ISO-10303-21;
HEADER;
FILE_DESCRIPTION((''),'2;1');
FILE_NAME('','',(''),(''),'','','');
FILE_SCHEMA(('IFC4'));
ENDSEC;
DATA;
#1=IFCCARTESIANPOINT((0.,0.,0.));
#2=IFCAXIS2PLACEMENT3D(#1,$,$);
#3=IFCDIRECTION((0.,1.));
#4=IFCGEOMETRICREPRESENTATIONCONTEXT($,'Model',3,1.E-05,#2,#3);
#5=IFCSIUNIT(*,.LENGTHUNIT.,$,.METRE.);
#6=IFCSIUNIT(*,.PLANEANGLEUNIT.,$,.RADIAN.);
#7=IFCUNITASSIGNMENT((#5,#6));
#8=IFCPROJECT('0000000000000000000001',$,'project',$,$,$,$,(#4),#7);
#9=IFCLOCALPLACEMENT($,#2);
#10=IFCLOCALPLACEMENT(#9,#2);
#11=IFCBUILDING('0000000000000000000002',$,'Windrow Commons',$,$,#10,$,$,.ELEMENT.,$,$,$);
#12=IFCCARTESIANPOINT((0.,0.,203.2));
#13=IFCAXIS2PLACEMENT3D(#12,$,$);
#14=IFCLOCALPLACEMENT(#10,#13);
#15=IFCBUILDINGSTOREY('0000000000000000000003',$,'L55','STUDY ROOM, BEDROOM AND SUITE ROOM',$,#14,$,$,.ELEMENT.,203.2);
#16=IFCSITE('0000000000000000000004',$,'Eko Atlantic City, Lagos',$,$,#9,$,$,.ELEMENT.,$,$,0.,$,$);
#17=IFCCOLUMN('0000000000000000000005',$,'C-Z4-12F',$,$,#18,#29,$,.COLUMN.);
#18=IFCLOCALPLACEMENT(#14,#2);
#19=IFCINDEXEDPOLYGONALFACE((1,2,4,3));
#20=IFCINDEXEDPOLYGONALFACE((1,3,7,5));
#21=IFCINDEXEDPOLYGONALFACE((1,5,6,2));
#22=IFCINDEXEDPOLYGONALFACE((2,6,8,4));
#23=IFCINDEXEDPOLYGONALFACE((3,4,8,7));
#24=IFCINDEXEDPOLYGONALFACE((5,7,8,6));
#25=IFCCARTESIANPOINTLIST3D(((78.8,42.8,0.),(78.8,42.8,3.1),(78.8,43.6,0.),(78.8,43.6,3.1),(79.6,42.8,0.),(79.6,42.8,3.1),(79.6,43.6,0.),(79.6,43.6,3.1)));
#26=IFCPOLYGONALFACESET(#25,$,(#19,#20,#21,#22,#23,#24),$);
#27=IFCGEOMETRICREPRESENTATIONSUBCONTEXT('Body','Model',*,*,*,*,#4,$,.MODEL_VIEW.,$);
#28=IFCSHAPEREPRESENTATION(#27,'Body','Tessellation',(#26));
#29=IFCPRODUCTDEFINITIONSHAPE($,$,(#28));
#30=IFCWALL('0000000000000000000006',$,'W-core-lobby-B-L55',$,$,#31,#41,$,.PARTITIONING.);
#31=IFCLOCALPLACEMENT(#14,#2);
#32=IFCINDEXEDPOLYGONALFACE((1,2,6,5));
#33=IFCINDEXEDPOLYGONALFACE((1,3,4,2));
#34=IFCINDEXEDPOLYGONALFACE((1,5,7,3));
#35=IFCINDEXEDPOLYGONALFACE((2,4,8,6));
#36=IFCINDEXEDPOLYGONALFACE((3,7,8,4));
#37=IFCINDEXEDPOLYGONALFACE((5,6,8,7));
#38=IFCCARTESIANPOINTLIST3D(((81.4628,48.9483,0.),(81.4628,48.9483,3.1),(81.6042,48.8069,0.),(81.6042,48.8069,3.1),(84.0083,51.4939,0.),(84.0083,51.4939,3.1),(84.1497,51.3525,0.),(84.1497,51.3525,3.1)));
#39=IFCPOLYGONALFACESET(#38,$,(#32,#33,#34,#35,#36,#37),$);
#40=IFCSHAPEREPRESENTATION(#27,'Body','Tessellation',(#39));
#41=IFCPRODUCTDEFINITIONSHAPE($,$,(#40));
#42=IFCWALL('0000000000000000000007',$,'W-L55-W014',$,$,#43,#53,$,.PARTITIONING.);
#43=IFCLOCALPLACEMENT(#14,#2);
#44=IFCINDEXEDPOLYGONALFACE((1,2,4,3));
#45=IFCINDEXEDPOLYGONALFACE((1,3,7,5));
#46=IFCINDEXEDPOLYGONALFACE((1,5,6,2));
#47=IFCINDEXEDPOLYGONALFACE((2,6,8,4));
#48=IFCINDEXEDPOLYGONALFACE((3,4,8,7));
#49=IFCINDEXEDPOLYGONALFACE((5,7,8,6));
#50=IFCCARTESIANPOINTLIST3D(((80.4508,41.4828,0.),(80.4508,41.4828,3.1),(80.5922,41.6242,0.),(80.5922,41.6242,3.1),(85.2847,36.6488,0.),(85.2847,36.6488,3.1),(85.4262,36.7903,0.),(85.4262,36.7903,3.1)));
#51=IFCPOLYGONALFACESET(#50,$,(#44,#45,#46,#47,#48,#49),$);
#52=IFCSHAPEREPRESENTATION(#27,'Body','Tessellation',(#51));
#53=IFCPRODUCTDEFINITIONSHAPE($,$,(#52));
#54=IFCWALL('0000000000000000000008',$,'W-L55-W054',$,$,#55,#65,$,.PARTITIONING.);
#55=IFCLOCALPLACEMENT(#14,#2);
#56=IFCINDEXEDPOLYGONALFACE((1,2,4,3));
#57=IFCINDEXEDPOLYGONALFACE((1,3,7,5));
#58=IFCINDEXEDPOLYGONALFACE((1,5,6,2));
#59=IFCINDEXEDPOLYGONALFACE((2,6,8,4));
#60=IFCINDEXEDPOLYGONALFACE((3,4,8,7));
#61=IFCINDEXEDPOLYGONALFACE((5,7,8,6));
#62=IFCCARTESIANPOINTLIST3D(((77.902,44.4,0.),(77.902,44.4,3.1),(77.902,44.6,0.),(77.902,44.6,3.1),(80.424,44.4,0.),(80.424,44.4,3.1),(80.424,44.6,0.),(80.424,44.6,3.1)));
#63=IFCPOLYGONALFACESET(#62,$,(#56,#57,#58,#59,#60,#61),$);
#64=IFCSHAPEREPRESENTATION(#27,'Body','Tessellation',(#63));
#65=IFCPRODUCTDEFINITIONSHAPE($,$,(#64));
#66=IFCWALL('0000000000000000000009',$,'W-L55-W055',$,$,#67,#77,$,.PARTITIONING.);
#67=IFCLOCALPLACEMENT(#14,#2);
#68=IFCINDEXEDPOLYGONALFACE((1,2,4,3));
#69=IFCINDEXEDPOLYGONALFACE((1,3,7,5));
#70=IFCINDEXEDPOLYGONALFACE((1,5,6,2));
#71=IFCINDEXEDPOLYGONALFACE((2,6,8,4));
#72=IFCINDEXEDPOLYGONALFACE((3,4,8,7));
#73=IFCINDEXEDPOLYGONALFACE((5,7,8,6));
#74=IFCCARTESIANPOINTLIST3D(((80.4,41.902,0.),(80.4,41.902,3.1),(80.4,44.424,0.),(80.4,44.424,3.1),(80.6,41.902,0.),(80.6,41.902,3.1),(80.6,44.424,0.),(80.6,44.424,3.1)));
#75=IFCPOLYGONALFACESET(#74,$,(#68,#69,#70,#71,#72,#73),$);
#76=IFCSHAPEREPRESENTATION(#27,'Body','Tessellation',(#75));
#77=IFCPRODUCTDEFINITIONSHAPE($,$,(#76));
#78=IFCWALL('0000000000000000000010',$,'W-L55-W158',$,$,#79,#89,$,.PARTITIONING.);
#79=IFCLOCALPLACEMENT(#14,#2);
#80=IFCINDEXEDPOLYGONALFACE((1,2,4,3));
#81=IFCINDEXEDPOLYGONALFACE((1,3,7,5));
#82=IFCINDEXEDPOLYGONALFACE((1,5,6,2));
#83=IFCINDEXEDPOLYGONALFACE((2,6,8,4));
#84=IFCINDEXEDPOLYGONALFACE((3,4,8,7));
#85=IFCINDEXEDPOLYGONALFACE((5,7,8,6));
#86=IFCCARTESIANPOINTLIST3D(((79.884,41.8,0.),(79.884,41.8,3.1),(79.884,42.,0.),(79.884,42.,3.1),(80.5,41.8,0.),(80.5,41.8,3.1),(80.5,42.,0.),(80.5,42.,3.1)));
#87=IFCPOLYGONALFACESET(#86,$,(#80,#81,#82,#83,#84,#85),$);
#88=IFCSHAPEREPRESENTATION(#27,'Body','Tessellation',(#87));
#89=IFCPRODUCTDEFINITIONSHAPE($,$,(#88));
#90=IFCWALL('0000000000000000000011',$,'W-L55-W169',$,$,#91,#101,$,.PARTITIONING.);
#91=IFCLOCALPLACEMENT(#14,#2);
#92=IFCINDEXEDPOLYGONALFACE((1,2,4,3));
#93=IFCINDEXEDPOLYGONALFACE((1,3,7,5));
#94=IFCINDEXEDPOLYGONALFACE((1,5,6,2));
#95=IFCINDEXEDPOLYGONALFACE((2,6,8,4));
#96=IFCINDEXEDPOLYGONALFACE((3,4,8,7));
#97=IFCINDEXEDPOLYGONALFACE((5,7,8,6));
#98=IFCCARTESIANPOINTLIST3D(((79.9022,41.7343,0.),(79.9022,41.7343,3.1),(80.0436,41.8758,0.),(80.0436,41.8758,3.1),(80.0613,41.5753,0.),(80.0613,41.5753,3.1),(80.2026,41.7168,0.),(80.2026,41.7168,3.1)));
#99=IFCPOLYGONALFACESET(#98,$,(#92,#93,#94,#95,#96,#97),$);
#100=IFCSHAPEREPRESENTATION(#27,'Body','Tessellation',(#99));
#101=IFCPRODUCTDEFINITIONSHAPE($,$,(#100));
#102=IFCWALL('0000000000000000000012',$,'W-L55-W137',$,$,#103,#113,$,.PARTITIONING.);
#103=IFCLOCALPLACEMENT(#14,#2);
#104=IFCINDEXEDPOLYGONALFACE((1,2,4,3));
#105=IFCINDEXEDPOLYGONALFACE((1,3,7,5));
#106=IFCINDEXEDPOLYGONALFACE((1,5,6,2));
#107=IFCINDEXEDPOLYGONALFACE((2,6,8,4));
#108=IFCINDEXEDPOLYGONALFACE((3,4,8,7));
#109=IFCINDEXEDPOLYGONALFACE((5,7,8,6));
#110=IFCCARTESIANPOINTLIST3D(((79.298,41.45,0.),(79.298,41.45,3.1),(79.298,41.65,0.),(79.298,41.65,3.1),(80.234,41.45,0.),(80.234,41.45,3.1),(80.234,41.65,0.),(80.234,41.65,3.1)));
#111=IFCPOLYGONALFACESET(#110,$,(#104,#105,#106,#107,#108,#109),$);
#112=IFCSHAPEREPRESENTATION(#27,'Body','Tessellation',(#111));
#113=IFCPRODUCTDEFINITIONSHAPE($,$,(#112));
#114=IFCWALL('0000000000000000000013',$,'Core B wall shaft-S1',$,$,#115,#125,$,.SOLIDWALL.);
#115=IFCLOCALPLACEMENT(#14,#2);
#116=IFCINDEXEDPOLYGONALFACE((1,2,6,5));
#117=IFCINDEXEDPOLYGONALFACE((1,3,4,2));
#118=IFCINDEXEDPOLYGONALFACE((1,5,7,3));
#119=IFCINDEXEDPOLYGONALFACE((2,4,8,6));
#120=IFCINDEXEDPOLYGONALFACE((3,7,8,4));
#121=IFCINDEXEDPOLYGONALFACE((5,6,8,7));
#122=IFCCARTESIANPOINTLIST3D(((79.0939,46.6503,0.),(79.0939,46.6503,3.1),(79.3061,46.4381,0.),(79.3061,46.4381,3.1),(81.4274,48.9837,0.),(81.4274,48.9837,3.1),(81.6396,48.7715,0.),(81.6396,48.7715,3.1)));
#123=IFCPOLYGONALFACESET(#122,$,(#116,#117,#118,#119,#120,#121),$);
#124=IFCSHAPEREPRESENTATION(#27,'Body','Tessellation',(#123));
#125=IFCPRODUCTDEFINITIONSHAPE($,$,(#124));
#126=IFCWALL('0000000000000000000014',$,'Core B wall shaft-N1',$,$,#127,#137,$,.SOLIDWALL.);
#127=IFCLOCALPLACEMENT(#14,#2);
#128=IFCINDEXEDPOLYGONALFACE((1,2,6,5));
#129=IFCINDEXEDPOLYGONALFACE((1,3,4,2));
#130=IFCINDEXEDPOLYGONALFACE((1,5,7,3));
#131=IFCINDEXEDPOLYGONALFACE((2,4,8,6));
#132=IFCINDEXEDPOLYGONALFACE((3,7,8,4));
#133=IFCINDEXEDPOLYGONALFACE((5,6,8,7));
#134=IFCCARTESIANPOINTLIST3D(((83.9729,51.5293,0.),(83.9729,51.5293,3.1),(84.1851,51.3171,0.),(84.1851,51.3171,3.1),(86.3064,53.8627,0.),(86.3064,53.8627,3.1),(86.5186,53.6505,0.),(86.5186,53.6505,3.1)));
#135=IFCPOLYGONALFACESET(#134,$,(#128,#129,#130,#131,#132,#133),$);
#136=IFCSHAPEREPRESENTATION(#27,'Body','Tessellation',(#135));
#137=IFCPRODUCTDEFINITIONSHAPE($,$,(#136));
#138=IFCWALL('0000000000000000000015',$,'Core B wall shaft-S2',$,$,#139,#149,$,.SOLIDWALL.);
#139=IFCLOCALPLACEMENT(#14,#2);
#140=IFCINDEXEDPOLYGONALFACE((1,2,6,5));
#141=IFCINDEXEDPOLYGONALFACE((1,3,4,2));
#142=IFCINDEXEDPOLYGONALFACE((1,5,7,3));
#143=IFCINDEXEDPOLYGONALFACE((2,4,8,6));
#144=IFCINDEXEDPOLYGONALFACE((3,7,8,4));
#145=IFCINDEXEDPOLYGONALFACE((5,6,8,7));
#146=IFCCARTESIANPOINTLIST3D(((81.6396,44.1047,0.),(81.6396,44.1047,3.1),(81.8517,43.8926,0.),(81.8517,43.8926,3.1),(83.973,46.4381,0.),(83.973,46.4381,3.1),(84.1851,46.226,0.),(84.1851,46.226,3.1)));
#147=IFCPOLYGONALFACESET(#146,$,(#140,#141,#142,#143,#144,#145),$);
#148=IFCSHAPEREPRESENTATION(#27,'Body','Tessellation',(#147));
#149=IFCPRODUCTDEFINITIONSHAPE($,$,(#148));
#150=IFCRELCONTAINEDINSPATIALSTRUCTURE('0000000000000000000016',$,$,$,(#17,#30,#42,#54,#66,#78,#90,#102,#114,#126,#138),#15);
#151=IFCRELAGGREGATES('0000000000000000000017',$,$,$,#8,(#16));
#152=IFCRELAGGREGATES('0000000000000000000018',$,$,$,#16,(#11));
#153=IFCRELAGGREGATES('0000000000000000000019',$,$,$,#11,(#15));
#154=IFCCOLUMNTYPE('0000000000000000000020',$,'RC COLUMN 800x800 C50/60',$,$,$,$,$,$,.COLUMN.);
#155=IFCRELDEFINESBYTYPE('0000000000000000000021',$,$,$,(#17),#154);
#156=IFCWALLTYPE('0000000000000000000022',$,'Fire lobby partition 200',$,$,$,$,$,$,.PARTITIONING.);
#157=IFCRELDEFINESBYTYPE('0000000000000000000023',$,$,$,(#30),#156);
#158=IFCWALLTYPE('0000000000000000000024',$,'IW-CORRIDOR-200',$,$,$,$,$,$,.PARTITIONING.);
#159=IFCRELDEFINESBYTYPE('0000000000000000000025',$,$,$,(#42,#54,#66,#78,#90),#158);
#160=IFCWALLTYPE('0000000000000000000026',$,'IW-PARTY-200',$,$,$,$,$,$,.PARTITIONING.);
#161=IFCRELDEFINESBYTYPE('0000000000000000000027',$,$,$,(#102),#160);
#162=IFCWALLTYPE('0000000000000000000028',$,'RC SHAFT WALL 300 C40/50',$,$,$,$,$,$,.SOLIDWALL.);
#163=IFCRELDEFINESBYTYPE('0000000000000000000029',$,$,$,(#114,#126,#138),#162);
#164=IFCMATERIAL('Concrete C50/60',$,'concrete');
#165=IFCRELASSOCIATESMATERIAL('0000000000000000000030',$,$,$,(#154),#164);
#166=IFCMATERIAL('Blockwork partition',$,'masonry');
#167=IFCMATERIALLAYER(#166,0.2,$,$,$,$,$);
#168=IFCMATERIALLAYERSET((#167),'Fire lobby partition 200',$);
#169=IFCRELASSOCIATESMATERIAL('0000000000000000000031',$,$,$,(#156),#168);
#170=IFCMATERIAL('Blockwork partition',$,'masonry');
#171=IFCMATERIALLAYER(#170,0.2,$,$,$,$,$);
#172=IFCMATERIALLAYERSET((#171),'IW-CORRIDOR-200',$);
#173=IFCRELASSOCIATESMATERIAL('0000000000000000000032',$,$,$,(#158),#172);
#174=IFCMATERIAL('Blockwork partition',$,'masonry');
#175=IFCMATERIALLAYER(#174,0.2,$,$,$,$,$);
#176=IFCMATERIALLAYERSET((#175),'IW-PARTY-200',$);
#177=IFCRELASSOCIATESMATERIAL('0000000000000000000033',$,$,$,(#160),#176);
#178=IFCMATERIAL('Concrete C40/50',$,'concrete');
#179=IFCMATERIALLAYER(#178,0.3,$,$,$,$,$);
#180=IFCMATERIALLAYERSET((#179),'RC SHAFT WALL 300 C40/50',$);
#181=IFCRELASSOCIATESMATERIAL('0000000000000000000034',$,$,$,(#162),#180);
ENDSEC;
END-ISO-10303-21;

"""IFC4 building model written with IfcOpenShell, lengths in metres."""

from ifc_helpers import new_model, si_unit, direction, frame, frame_2d, origin, origin_2d, place, context, subcontext, project, spatial, rectangle, extrude, material, layer, layer_set, material_profile, profile_set, type_object, element, save


model = new_model("IFC4")

# Units and contexts
model_context = context("Model", 3, precision=1e-05, world=origin(), true_north=direction((0.0, 1.0)))
body_context = subcontext(model_context, "Body", "Model", "MODEL_VIEW")
ifc_project = project(units=[si_unit("LENGTHUNIT", "METRE"), si_unit("PLANEANGLEUNIT", "RADIAN")], contexts=[model_context])

# Site, building, storey
site_placement = place(None, origin())
site = spatial("IfcSite", under=ifc_project, at=site_placement, Name="Eko Atlantic City, Lagos", CompositionType="ELEMENT", RefElevation=0.0)
building_placement = place(site_placement, origin())
building = spatial("IfcBuilding", under=site, at=building_placement, Name="Windrow Commons", CompositionType="ELEMENT")
storey_placement = place(building_placement, frame((0.0, 0.0, 203.2)))
storey = spatial("IfcBuildingStorey", under=building, at=storey_placement, Name="L55", Description="STUDY ROOM, BEDROOM AND SUITE ROOM", CompositionType="ELEMENT", Elevation=203.2)

# Column
ifc_material_1 = material(Name="Concrete C50/60", Category="concrete")
ifc_material_profile = material_profile(ifc_material_1, rectangle(XDim=0.8, YDim=0.8, at=origin_2d()))
ifc_profile_set = profile_set([ifc_material_profile], Name="Concrete C50/60")
column_type = type_object("IfcColumnType", Name="RC COLUMN 800x800 C50/60", PredefinedType="COLUMN", material=ifc_profile_set)
column_placement = place(storey_placement, frame((79.2, 43.2, 0.0), z_axis=(0.0, 0.0, 1.0), x_axis=(1.0, 0.0, 0.0)))
element("IfcColumn", 1, at=column_placement, inside=storey, type_object=column_type, Name="C-Z4-12F", PredefinedType="COLUMN", context=body_context, shape_type="SweptSolid", body=[
    extrude(rectangle(XDim=0.8, YDim=0.8, at=origin_2d()), origin(), (0.0, 0.0, 1.0), 3.1),
])

# Walls
ifc_material_2 = material(Name="Blockwork partition", Category="masonry")
ifc_layer_1 = layer(ifc_material_2, 0.2)
ifc_layer_set_1 = layer_set([ifc_layer_1], Name="Fire lobby partition 200")
wall_type_1 = type_object("IfcWallType", Name="Fire lobby partition 200", PredefinedType="PARTITIONING", material=ifc_layer_set_1)
wall_1_placement = place(storey_placement, frame((81.5335, 48.8776, 0.0), z_axis=(0.0, 0.0, 1.0), x_axis=(0.707093, 0.707121, 0.0)))
element("IfcWall", 2, at=wall_1_placement, inside=storey, type_object=wall_type_1, Name="W-core-lobby-B-L55", PredefinedType="PARTITIONING", context=body_context, shape_type="SweptSolid", body=[
    extrude(rectangle(XDim=3.6, YDim=0.2, at=frame_2d((1.8, 0.0))), origin(), (0.0, 0.0, 1.0), 3.1),
])
ifc_material_3 = material(Name="Blockwork partition", Category="masonry")
ifc_layer_2 = layer(ifc_material_3, 0.2)
ifc_layer_set_2 = layer_set([ifc_layer_2], Name="IW-CORRIDOR-200")
wall_type_2 = type_object("IfcWallType", Name="IW-CORRIDOR-200", PredefinedType="PARTITIONING", material=ifc_layer_set_2)
wall_2_placement = place(storey_placement, frame((80.5215, 41.5535, 0.0), z_axis=(0.0, 0.0, 1.0), x_axis=(0.707107, -0.707107, 0.0)))
element("IfcWall", 3, at=wall_2_placement, inside=storey, type_object=wall_type_2, Name="W-L55-W014", PredefinedType="PARTITIONING", context=body_context, shape_type="SweptSolid", body=[
    extrude(rectangle(XDim=6.8363, YDim=0.2, at=frame_2d((3.4181, 0.0))), origin(), (0.0, 0.0, 1.0), 3.1),
])
for number, where, z_axis, x_axis, name in (
    (4, (77.902, 44.5, 0.0), (0.0, 0.0, 1.0), (1.0, 0.0, 0.0), "W-L55-W054"),
    (5, (80.5, 41.902, 0.0), (0.0, 0.0, 1.0), (0.0, 1.0, 0.0), "W-L55-W055"),
):
    element("IfcWall", number, at=place(storey_placement, frame(where, z_axis=z_axis, x_axis=x_axis)), inside=storey, type_object=wall_type_2, Name=name, PredefinedType="PARTITIONING", context=body_context, shape_type="SweptSolid", body=[
        extrude(rectangle(XDim=2.522, YDim=0.2, at=frame_2d((1.261, 0.0))), origin(), (0.0, 0.0, 1.0), 3.1),
    ])
wall_3_placement = place(storey_placement, frame((79.884, 41.9, 0.0), z_axis=(0.0, 0.0, 1.0), x_axis=(1.0, 0.0, 0.0)))
element("IfcWall", 6, at=wall_3_placement, inside=storey, type_object=wall_type_2, Name="W-L55-W158", PredefinedType="PARTITIONING", context=body_context, shape_type="SweptSolid", body=[
    extrude(rectangle(XDim=0.616, YDim=0.2, at=frame_2d((0.308, 0.0))), origin(), (0.0, 0.0, 1.0), 3.1),
])
wall_4_placement = place(storey_placement, frame((79.9729, 41.805, 0.0), z_axis=(0.0, 0.0, 1.0), x_axis=(0.707329, -0.706884, 0.0)))
element("IfcWall", 7, at=wall_4_placement, inside=storey, type_object=wall_type_2, Name="W-L55-W169", PredefinedType="PARTITIONING", context=body_context, shape_type="SweptSolid", body=[
    extrude(rectangle(XDim=0.2249, YDim=0.2, at=frame_2d((0.1124, 0.0))), origin(), (0.0, 0.0, 1.0), 3.1),
])
ifc_material_4 = material(Name="Blockwork partition", Category="masonry")
ifc_layer_3 = layer(ifc_material_4, 0.2)
ifc_layer_set_3 = layer_set([ifc_layer_3], Name="IW-PARTY-200")
wall_type_3 = type_object("IfcWallType", Name="IW-PARTY-200", PredefinedType="PARTITIONING", material=ifc_layer_set_3)
wall_5_placement = place(storey_placement, frame((79.298, 41.55, 0.0), z_axis=(0.0, 0.0, 1.0), x_axis=(1.0, 0.0, 0.0)))
element("IfcWall", 8, at=wall_5_placement, inside=storey, type_object=wall_type_3, Name="W-L55-W137", PredefinedType="PARTITIONING", context=body_context, shape_type="SweptSolid", body=[
    extrude(rectangle(XDim=0.936, YDim=0.2, at=frame_2d((0.468, 0.0))), origin(), (0.0, 0.0, 1.0), 3.1),
])
ifc_material_5 = material(Name="Concrete C40/50", Category="concrete")
ifc_layer_4 = layer(ifc_material_5, 0.3)
ifc_layer_set_4 = layer_set([ifc_layer_4], Name="RC SHAFT WALL 300 C40/50")
wall_type_4 = type_object("IfcWallType", Name="RC SHAFT WALL 300 C40/50", PredefinedType="SOLIDWALL", material=ifc_layer_set_4)
for number, where, z_axis, x_axis, name in (
    (9, (79.2, 46.5442, 0.0), (0.0, 0.0, 1.0), (0.707122, 0.707092, 0.0), "Core B wall shaft-S1"),
    (10, (84.079, 51.4232, 0.0), (0.0, 0.0, 1.0), (0.707122, 0.707092, 0.0), "Core B wall shaft-N1"),
):
    element("IfcWall", number, at=place(storey_placement, frame(where, z_axis=z_axis, x_axis=x_axis)), inside=storey, type_object=wall_type_4, Name=name, PredefinedType="SOLIDWALL", context=body_context, shape_type="SweptSolid", body=[
        extrude(rectangle(XDim=3.3, YDim=0.3, at=frame_2d((1.65, 0.0))), origin(), (0.0, 0.0, 1.0), 3.1),
    ])
wall_6_placement = place(storey_placement, frame((81.7456, 43.9986, 0.0), z_axis=(0.0, 0.0, 1.0), x_axis=(0.707107, 0.707107, 0.0)))
element("IfcWall", 11, at=wall_6_placement, inside=storey, type_object=wall_type_4, Name="Core B wall shaft-S2", PredefinedType="SOLIDWALL", context=body_context, shape_type="SweptSolid", body=[
    extrude(rectangle(XDim=3.2999, YDim=0.3, at=frame_2d((1.65, 0.0))), origin(), (0.0, 0.0, 1.0), 3.1),
])

save(model, "model.ifc")
